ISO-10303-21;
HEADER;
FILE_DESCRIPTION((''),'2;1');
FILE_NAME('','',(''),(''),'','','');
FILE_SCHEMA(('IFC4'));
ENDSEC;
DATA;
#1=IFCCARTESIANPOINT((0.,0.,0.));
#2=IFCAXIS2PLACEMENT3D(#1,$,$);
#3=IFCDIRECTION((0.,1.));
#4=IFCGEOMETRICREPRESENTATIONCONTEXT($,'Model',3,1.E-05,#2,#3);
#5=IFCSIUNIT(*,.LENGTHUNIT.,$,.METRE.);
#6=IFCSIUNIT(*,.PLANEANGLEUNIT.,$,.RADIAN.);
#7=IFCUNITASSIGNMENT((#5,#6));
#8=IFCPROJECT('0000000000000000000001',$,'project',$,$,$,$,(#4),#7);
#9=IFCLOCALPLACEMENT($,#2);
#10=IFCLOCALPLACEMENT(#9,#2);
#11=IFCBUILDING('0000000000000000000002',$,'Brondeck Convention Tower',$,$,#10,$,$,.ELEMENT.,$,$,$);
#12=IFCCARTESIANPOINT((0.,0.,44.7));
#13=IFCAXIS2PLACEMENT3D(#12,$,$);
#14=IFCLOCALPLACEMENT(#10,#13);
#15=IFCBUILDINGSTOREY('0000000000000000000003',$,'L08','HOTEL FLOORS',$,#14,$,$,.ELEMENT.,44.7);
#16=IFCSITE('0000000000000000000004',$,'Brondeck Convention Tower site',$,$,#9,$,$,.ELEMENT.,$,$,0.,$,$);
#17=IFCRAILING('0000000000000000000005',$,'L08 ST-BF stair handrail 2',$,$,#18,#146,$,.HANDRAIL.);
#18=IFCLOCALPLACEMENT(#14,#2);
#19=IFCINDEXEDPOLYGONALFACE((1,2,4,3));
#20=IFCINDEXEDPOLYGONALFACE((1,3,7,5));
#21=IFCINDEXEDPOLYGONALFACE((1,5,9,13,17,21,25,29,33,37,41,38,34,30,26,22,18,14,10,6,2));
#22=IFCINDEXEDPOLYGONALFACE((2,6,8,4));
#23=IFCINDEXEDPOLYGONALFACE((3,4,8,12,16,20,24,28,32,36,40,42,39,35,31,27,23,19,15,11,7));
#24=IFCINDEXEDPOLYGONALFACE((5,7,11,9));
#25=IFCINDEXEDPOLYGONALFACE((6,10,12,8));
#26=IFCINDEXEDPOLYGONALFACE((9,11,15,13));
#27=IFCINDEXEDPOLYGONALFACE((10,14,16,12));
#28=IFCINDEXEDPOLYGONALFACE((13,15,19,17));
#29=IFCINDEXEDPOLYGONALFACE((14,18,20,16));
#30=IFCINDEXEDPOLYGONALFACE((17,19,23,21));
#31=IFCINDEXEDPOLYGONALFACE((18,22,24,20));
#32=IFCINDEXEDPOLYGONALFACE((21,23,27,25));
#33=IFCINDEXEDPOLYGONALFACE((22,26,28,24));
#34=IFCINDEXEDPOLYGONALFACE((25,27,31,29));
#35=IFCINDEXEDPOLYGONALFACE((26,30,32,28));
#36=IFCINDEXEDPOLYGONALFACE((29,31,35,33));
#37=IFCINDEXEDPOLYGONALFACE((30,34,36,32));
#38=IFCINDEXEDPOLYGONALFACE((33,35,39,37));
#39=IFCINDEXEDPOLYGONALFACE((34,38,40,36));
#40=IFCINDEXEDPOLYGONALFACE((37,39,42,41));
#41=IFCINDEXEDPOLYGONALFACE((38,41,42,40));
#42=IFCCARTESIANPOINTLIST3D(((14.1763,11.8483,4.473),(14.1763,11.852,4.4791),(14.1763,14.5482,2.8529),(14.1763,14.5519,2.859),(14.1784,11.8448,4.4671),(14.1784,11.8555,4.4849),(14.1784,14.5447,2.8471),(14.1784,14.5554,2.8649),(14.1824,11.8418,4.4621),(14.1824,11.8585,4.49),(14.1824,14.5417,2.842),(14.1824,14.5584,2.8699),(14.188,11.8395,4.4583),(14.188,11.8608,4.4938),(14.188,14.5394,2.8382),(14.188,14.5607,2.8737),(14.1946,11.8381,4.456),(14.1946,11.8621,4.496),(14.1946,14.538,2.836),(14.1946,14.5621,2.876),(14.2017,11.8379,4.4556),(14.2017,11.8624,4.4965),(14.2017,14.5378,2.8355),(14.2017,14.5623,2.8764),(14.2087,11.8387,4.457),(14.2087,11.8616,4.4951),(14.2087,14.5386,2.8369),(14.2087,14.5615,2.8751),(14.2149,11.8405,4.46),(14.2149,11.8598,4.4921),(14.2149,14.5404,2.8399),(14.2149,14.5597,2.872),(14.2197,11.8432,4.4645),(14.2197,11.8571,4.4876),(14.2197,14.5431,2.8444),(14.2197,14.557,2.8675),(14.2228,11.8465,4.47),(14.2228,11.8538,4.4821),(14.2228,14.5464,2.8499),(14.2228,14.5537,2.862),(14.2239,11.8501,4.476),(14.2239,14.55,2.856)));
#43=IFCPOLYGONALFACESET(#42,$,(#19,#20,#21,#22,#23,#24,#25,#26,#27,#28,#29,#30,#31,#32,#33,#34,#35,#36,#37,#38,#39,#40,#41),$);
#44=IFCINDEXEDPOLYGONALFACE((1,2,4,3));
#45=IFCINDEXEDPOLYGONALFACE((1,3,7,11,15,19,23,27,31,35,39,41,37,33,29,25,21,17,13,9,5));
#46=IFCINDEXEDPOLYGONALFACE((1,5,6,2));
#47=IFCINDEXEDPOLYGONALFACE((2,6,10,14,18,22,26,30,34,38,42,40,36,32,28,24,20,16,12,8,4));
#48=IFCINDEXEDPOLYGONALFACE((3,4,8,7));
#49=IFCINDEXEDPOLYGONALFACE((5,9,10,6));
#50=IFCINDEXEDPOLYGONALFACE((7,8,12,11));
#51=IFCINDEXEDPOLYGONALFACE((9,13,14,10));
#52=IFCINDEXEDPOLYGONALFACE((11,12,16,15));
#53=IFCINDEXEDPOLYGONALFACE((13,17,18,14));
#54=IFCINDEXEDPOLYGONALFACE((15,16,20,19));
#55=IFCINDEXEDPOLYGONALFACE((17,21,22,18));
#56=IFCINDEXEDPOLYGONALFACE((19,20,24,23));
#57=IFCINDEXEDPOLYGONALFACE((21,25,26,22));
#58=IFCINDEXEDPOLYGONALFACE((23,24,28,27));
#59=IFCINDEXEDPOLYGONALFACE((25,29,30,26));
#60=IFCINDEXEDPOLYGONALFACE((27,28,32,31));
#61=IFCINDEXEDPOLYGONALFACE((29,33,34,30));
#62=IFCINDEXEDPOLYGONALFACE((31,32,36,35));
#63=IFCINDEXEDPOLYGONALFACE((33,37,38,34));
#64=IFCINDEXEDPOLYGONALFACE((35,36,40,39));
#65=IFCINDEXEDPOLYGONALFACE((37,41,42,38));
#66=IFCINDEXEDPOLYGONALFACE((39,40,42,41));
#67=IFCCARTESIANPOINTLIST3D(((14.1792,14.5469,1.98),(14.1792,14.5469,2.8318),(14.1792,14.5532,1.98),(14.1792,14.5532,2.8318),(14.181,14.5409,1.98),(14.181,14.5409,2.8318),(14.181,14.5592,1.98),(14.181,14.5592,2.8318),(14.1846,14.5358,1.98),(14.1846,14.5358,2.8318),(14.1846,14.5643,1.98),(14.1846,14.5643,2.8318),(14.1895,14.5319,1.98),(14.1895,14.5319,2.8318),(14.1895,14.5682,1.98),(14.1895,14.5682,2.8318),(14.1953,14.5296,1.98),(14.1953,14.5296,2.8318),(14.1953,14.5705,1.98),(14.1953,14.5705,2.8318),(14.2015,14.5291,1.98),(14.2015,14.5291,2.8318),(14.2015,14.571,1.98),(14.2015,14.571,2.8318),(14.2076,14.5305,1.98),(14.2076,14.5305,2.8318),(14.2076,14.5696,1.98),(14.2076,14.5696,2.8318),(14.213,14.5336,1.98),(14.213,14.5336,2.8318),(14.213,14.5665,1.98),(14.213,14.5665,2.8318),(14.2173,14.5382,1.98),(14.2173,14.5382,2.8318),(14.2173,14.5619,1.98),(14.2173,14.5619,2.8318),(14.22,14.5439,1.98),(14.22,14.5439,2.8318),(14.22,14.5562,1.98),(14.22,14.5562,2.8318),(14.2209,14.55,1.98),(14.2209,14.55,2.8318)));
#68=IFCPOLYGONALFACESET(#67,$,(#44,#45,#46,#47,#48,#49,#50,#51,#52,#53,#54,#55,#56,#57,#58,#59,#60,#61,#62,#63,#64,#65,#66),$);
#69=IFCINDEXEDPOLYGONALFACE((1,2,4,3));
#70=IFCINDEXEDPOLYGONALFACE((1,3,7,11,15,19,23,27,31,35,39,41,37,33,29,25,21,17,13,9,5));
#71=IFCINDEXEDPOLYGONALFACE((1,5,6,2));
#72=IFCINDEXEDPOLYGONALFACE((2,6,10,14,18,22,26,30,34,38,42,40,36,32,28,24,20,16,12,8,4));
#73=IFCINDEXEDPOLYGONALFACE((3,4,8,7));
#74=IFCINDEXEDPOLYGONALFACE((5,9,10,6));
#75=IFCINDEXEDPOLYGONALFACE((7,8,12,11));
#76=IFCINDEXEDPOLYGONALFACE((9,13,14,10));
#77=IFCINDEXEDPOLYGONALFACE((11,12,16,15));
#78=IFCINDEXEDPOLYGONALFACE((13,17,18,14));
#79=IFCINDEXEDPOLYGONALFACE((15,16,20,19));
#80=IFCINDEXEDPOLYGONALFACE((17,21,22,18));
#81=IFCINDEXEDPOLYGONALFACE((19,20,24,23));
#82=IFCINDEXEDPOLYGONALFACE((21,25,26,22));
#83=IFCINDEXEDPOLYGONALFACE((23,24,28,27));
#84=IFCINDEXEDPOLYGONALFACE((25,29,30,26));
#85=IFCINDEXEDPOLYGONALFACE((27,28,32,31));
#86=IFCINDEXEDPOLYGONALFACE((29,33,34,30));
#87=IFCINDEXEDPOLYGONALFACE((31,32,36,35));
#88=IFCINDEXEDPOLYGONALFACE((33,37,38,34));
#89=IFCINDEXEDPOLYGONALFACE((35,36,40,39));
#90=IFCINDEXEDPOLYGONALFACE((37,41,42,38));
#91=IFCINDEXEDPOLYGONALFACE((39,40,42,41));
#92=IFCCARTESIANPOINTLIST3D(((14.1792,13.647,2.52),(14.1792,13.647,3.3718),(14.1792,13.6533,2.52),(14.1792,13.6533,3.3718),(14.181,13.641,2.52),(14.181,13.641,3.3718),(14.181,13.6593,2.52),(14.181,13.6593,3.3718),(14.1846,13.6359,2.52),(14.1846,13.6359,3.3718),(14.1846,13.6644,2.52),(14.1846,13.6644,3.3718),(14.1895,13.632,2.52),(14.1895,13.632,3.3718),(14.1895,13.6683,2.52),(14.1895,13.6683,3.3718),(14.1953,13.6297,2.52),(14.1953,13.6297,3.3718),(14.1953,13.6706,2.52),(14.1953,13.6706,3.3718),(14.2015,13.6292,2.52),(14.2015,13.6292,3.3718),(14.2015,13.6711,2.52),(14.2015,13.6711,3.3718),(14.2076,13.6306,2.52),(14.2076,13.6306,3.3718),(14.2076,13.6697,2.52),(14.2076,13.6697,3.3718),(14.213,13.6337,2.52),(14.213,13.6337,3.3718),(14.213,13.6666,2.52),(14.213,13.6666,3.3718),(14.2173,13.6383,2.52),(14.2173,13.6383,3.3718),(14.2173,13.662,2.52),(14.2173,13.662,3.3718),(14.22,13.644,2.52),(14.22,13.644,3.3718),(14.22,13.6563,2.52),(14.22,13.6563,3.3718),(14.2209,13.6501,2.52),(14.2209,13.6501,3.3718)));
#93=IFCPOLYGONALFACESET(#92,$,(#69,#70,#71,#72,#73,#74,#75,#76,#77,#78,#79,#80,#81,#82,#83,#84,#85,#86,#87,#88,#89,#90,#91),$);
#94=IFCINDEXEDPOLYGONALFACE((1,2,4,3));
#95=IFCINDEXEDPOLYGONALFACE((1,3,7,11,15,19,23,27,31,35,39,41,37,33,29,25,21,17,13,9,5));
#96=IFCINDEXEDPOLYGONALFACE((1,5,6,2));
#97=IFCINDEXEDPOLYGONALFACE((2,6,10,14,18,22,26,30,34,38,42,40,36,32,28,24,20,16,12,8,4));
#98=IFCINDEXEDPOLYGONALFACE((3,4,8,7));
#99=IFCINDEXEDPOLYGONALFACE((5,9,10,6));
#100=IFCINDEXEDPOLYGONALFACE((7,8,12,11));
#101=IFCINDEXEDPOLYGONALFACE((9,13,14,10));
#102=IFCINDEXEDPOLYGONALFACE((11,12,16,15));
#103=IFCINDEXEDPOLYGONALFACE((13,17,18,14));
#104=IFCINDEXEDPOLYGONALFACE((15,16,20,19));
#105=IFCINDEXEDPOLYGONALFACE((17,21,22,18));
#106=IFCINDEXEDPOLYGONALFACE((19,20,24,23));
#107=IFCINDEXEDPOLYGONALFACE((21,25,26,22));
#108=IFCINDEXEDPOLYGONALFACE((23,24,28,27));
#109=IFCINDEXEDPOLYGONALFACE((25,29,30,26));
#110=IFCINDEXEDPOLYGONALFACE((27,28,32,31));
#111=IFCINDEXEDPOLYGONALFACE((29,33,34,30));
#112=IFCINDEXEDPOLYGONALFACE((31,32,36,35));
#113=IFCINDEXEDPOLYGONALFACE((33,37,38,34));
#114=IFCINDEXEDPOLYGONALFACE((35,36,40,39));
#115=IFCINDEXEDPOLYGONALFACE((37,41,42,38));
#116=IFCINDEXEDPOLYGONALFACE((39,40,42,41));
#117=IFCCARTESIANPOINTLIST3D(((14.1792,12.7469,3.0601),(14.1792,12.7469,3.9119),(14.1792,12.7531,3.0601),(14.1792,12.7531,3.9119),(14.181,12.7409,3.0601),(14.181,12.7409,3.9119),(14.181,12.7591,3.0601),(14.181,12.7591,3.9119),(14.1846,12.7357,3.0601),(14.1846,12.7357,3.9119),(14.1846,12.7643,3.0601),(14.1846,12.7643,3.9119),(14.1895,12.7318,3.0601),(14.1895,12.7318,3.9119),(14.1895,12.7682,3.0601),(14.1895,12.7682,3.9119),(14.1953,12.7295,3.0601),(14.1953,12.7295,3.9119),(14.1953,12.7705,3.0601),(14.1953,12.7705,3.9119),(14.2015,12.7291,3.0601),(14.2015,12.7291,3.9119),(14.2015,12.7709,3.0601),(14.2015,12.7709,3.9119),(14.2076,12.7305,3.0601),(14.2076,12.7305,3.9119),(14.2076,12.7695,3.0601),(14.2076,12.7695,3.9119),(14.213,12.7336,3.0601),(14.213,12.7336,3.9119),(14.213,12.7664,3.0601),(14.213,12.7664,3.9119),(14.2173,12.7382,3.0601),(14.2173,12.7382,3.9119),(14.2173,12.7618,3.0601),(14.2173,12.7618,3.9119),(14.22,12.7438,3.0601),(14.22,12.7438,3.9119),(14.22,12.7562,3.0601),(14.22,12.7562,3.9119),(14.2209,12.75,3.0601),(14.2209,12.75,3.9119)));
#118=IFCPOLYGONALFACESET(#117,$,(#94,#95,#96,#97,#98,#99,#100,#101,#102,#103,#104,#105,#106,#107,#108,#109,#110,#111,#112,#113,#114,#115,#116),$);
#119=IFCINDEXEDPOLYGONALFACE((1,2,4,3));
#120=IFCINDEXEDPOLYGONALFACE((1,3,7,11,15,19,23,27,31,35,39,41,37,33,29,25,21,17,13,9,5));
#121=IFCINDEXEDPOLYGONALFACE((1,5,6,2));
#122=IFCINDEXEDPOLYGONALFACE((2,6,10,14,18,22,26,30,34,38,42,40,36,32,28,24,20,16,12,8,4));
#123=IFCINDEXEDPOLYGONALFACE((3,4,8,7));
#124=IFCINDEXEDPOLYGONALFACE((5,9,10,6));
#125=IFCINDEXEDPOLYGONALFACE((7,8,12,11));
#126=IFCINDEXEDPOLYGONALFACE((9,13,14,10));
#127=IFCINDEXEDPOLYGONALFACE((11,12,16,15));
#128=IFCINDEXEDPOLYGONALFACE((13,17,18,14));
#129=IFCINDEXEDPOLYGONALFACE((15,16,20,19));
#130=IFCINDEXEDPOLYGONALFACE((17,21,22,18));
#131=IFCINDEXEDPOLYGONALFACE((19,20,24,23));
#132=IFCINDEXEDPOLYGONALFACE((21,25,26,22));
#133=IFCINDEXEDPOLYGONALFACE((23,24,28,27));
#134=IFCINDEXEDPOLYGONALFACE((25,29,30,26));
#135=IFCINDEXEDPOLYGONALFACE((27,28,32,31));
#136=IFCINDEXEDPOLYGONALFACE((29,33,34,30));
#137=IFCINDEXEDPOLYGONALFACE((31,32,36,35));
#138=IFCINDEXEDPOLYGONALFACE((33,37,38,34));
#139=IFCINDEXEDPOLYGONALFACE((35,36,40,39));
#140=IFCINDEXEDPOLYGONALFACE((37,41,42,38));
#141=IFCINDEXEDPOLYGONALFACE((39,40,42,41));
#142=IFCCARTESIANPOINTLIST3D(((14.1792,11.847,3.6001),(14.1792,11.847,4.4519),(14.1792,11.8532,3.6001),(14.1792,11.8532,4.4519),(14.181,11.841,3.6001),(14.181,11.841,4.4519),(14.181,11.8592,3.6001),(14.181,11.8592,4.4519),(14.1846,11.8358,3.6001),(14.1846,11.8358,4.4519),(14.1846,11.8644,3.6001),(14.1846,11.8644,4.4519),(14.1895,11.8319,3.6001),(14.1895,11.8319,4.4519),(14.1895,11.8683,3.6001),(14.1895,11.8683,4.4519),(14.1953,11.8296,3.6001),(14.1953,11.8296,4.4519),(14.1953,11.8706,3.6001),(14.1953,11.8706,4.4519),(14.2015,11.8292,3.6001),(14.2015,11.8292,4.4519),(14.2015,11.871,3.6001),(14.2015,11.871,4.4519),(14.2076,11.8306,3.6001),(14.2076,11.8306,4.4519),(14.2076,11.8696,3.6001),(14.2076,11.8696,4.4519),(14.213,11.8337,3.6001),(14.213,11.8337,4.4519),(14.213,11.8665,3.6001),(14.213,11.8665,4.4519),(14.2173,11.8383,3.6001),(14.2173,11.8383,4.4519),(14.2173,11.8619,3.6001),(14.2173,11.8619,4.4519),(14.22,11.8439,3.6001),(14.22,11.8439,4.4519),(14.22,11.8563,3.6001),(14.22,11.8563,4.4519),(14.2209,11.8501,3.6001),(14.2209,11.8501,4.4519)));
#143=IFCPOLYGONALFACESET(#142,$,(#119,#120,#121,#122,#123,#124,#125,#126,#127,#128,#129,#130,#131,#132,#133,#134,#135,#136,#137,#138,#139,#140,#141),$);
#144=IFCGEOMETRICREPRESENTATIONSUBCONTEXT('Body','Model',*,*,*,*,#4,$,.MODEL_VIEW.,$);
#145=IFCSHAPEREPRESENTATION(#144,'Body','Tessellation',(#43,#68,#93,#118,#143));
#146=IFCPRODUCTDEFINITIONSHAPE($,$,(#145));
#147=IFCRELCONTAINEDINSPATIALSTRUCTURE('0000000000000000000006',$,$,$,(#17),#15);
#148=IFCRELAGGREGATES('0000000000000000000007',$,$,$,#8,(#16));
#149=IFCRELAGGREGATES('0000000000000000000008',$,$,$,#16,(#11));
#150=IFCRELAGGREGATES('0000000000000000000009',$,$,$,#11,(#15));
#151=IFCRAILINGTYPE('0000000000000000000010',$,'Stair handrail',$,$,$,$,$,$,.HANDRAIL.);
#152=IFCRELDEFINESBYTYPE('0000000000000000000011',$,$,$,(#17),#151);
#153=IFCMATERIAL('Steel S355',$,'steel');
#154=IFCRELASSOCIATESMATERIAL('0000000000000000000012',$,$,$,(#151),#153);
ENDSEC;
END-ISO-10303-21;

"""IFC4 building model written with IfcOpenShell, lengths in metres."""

from ifc_helpers import new_model, si_unit, direction, frame, origin, origin_2d, place, context, subcontext, project, spatial, circle, extrude, material, type_object, element, save


model = new_model("IFC4")

# Units and contexts
model_context = context("Model", 3, precision=1e-05, world=origin(), true_north=direction((0.0, 1.0)))
body_context = subcontext(model_context, "Body", "Model", "MODEL_VIEW")
ifc_project = project(units=[si_unit("LENGTHUNIT", "METRE"), si_unit("PLANEANGLEUNIT", "RADIAN")], contexts=[model_context])

# Site, building, storey
site_placement = place(None, origin())
site = spatial("IfcSite", under=ifc_project, at=site_placement, Name="Brondeck Convention Tower site", CompositionType="ELEMENT", RefElevation=0.0)
building_placement = place(site_placement, origin())
building = spatial("IfcBuilding", under=site, at=building_placement, Name="Brondeck Convention Tower", CompositionType="ELEMENT")
storey_placement = place(building_placement, frame((0.0, 0.0, 44.7)))
storey = spatial("IfcBuildingStorey", under=building, at=storey_placement, Name="L08", Description="HOTEL FLOORS", CompositionType="ELEMENT", Elevation=44.7)

# Shared definitions
ifc_material_1 = material(Name="Steel S355", Category="steel")

# Railing
railing_type_1 = type_object("IfcRailingType", Name="Stair handrail", PredefinedType="HANDRAIL", material=ifc_material_1)
railing_1_placement = place(storey_placement, frame((14.2, 14.55, 1.98)))
element("IfcRailing", 1, at=railing_1_placement, inside=storey, type_object=railing_type_1, Name="L08 ST-BF stair handrail 2", PredefinedType="HANDRAIL", context=body_context, shape_type="SweptSolid", body=[
    extrude(circle(Radius=0.0239, at=origin_2d()), frame((0.0, 0.0, 0.876), z_axis=(0.0, -0.857472, 0.51453), x_axis=(1.0, 0.0, 0.0)), (0.0, 0.0, 1.0), 3.1487),
    extrude(circle(Radius=0.021, at=origin_2d()), origin(), (0.0, 0.0, 1.0), 0.8518),
    extrude(circle(Radius=0.021, at=origin_2d()), frame((0.0, -0.8999, 0.54)), (0.0, 0.0, 1.0), 0.8518),
    extrude(circle(Radius=0.021, at=origin_2d()), frame((0.0, -1.8, 1.0801)), (0.0, 0.0, 1.0), 0.8518),
    extrude(circle(Radius=0.021, at=origin_2d()), frame((0.0, -2.7, 1.6201)), (0.0, 0.0, 1.0), 0.8518),
])

save(model, "model.ifc")
